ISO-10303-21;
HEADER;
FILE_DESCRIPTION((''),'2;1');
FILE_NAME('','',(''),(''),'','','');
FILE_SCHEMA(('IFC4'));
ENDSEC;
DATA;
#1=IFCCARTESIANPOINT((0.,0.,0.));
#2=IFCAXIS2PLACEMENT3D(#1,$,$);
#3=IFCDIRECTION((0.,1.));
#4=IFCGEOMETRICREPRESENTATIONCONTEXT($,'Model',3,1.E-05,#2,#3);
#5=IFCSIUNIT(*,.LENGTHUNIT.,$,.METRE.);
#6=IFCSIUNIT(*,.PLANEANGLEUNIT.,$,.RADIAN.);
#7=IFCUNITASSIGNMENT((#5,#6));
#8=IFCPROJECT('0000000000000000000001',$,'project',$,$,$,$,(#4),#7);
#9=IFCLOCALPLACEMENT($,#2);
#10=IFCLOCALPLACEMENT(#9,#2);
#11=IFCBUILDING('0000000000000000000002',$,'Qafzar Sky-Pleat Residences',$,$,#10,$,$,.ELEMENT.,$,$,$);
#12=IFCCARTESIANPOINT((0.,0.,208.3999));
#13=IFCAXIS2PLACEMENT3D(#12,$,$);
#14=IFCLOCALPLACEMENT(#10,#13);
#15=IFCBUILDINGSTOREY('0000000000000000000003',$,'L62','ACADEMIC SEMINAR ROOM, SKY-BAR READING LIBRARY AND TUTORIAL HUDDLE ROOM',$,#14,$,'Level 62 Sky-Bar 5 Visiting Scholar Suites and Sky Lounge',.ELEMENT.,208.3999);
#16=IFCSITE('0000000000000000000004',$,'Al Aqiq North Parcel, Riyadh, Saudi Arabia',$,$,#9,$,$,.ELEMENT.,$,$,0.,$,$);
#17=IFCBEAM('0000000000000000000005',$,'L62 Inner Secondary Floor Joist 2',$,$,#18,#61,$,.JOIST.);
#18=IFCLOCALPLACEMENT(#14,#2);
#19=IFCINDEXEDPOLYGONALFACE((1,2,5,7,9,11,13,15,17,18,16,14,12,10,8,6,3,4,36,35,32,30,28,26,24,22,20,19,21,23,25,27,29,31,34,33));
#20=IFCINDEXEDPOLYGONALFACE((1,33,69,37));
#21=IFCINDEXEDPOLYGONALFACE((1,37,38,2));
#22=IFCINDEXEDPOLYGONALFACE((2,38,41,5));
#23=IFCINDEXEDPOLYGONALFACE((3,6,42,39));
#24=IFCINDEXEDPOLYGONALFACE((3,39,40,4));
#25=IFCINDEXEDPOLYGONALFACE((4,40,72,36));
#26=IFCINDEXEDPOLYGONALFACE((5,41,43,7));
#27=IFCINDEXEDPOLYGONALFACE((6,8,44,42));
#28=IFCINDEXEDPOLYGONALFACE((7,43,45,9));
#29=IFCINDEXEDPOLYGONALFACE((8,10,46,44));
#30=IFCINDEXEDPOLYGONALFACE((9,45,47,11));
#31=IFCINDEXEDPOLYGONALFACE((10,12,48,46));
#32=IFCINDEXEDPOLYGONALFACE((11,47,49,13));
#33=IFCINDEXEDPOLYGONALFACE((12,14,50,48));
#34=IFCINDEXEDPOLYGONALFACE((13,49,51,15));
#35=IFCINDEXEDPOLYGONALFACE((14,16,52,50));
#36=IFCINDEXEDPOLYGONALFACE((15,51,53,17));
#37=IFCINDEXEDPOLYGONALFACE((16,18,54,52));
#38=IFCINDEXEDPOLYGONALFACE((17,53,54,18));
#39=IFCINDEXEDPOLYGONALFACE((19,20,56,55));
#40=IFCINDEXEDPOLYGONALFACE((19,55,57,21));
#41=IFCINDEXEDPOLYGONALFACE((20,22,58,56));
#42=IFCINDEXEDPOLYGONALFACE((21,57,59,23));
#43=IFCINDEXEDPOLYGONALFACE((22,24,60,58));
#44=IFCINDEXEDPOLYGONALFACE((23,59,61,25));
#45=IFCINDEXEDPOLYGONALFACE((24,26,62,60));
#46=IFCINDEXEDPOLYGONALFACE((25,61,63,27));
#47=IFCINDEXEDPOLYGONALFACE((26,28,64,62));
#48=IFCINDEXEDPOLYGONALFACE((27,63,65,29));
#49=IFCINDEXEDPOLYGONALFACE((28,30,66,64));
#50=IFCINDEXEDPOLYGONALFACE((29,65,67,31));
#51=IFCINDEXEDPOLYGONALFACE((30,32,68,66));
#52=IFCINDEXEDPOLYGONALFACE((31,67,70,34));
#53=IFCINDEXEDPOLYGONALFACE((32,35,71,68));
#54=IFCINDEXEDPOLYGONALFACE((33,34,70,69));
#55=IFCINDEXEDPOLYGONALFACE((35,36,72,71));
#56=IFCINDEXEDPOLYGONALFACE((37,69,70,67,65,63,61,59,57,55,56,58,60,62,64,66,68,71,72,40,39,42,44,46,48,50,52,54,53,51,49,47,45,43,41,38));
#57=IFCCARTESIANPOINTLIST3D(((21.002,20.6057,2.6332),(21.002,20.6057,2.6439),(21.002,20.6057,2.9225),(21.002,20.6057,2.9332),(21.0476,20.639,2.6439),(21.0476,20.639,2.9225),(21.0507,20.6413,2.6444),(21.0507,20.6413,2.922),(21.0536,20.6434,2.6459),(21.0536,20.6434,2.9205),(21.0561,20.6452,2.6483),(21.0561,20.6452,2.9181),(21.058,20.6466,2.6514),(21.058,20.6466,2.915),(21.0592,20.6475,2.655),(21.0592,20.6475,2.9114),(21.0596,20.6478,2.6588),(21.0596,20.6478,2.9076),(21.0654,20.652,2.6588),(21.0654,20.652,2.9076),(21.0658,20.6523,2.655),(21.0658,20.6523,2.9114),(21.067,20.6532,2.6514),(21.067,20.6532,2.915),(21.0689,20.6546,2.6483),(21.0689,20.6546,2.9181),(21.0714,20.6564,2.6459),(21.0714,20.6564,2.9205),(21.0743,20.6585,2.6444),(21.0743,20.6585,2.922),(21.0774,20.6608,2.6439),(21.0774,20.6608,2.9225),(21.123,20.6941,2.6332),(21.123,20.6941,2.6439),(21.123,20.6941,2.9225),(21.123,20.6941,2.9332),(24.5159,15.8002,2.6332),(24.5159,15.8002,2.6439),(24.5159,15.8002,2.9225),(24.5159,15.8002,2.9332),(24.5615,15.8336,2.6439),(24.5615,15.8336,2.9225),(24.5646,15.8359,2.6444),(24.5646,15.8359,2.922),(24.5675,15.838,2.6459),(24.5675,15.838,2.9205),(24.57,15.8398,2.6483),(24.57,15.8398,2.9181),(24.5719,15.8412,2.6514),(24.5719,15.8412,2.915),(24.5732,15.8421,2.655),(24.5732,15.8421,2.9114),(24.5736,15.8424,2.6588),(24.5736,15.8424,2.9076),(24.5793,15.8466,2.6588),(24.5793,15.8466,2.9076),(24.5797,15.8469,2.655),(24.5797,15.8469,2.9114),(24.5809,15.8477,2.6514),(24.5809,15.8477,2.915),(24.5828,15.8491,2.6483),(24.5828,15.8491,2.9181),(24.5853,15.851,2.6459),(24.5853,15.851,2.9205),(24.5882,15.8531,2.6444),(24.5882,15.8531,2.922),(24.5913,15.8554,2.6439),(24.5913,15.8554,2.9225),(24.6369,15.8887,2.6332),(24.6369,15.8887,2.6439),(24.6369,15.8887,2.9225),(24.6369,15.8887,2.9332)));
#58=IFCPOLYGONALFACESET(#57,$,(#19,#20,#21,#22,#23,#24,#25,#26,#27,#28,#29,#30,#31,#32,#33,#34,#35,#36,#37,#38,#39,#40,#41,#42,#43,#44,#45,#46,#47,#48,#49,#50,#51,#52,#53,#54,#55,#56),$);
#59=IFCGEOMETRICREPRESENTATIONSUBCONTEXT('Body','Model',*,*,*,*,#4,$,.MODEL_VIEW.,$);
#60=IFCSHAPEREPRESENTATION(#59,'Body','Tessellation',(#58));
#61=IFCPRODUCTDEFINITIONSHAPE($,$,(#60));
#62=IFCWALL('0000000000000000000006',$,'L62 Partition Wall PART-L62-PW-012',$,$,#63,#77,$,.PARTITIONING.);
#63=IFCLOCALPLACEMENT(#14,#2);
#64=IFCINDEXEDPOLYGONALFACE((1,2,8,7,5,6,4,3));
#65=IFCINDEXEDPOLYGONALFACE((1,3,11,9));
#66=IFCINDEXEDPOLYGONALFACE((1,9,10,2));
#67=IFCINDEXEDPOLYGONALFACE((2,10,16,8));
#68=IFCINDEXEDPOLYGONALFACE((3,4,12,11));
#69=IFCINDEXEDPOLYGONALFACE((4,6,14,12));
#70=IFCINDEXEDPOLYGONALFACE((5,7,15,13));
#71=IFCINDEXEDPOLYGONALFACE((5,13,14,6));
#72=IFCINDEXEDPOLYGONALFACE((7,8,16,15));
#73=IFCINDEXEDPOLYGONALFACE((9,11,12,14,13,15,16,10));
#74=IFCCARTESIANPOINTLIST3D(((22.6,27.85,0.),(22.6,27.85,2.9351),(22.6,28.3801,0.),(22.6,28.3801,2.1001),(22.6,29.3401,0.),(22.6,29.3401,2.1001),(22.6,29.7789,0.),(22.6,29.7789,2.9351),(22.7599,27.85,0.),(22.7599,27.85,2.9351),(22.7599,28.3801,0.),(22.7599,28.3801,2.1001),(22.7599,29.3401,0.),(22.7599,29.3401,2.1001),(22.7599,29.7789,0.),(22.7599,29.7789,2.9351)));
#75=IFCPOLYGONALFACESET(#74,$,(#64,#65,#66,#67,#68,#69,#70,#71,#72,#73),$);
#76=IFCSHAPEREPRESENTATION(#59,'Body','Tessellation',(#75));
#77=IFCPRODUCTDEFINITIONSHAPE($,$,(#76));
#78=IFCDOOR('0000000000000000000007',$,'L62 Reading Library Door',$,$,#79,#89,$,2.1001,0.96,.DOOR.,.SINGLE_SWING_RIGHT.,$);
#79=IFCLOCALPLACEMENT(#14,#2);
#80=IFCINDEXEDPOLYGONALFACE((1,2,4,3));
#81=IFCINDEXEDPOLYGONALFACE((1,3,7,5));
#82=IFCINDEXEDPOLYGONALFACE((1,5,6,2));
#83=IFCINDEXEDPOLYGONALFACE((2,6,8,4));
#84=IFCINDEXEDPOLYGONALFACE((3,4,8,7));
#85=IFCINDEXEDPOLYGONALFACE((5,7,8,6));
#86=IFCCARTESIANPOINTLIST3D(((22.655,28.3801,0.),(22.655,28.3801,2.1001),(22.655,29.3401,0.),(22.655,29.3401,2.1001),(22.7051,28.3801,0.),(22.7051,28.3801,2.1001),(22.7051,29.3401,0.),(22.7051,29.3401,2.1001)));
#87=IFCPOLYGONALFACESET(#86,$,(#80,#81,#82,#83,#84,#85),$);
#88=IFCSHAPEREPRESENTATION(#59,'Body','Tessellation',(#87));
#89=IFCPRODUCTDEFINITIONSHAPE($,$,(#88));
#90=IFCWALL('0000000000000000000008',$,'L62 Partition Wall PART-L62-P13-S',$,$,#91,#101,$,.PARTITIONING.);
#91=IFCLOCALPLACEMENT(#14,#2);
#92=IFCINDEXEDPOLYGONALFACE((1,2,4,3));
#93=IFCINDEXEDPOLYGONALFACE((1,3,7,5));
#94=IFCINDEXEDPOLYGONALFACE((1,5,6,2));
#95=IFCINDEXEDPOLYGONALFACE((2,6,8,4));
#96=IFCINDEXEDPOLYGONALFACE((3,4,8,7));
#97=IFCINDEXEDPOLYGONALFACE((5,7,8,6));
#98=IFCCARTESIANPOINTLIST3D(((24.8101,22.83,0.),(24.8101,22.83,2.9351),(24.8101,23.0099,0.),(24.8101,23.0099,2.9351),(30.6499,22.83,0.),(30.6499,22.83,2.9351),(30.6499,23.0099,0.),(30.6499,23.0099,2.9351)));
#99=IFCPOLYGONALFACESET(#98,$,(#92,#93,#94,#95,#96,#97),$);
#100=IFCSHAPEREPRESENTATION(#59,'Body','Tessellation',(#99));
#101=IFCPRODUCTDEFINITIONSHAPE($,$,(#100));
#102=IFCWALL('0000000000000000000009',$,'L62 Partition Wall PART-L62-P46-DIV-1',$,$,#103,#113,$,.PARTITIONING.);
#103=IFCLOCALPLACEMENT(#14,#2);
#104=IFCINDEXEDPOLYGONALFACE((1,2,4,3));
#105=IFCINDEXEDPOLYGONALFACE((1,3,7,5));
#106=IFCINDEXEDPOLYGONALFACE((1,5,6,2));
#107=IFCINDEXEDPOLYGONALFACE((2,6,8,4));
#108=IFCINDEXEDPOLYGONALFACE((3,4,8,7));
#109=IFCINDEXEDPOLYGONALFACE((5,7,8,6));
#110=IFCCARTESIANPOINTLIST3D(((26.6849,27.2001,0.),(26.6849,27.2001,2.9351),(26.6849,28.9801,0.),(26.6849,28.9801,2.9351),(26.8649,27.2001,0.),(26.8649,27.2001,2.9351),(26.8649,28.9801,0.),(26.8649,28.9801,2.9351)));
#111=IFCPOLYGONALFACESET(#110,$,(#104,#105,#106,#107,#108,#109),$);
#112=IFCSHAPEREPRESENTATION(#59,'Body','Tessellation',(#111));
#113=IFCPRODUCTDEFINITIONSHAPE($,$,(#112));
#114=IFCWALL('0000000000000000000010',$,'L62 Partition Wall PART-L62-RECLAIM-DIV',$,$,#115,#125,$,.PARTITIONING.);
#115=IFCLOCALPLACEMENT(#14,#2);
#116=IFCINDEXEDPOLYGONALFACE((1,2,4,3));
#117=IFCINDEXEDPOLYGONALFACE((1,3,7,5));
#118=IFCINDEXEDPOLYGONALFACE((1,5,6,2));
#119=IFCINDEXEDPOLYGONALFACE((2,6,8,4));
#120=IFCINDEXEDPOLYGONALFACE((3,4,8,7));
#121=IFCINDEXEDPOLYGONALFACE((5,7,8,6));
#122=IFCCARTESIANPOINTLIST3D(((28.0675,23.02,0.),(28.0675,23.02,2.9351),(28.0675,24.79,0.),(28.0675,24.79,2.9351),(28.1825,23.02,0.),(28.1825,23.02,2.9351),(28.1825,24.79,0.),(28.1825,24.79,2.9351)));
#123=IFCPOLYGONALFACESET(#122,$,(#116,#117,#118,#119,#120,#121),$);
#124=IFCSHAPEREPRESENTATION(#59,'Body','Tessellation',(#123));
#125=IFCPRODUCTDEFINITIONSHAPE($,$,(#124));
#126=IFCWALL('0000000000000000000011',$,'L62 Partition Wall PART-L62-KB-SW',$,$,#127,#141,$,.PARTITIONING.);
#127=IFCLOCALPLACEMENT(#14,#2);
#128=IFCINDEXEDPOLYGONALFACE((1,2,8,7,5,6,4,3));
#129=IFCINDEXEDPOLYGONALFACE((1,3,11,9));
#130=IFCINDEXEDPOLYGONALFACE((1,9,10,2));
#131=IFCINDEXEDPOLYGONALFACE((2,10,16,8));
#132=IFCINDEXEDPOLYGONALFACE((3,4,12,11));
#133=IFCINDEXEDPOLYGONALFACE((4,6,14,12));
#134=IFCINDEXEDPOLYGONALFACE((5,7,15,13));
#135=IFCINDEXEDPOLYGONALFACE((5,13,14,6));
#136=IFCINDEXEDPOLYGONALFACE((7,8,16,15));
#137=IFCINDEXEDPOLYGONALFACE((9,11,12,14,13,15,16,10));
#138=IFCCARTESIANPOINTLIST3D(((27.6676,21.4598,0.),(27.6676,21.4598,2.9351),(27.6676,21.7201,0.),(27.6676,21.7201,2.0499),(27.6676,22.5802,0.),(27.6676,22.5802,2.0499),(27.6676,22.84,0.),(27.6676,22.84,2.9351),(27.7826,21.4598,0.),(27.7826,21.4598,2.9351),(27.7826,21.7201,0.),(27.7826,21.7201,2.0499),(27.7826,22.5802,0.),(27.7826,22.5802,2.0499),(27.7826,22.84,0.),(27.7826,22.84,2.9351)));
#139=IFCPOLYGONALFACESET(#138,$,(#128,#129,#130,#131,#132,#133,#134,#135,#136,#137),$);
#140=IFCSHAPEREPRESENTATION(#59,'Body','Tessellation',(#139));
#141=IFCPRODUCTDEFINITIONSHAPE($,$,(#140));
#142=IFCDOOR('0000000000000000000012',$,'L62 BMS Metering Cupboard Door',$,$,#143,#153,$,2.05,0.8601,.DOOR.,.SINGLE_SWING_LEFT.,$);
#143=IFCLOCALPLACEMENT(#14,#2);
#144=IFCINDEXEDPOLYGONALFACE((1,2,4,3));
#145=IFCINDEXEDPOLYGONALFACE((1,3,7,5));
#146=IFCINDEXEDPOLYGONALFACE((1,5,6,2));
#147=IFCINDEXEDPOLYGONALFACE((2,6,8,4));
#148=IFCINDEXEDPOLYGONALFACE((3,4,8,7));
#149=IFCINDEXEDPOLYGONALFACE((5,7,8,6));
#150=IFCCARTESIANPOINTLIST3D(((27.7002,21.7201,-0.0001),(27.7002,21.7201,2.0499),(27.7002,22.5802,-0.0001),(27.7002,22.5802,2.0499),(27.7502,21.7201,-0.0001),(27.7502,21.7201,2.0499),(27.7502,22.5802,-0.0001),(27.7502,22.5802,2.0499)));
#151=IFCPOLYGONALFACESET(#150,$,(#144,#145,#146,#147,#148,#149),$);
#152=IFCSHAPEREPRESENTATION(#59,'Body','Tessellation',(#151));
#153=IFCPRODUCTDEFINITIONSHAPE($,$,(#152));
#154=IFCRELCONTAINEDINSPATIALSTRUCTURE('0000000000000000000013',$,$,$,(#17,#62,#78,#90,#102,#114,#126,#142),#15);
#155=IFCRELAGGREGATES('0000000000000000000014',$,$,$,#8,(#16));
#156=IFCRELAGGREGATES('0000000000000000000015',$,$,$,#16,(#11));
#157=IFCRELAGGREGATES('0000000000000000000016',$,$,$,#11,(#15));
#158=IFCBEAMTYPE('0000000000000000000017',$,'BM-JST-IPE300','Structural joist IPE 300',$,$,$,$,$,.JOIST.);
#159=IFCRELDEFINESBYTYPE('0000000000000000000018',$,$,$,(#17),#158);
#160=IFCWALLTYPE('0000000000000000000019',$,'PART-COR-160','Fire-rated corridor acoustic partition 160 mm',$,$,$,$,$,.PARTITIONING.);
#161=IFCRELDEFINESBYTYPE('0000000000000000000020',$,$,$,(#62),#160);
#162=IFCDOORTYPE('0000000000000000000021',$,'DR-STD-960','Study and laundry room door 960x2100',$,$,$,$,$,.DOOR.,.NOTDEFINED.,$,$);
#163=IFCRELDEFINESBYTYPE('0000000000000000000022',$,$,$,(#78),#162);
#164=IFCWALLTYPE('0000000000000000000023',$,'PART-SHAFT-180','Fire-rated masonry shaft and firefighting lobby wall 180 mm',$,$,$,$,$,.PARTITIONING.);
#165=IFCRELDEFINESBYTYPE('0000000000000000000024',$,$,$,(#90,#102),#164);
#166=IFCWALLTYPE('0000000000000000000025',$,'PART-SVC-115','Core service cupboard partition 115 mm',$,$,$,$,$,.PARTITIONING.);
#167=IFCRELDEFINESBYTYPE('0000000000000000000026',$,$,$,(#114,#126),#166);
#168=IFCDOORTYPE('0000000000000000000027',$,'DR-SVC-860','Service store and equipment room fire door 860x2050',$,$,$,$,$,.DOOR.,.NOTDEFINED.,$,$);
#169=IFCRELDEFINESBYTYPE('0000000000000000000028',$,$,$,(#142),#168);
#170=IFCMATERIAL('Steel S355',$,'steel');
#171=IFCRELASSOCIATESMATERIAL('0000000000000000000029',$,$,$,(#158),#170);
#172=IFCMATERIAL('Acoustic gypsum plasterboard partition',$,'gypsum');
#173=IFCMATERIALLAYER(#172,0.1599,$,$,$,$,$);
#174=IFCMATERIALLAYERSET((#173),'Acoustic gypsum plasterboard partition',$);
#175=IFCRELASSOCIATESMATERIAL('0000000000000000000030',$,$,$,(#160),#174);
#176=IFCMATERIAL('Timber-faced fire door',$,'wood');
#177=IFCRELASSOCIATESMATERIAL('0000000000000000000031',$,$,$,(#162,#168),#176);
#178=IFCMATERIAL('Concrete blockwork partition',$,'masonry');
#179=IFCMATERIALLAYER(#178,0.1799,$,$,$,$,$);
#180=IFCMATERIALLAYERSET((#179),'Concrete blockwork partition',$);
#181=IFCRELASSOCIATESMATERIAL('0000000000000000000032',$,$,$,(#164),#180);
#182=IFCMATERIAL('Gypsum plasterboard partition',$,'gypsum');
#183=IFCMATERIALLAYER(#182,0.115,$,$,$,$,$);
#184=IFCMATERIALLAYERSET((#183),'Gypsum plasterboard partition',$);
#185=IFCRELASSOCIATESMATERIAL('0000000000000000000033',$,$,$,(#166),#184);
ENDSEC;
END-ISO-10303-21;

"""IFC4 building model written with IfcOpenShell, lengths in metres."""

from ifc_helpers import new_model, si_unit, direction, frame, frame_2d, origin, origin_2d, place, context, subcontext, project, spatial, rectangle, i_section, extrude, source, transform, mapped, material, layer, layer_set, material_profile, profile_set, type_object, element, fill, save


model = new_model("IFC4")

# Units and contexts
model_context = context("Model", 3, precision=1e-05, world=origin(), true_north=direction((0.0, 1.0)))
body_context = subcontext(model_context, "Body", "Model", "MODEL_VIEW")
ifc_project = project(units=[si_unit("LENGTHUNIT", "METRE"), si_unit("PLANEANGLEUNIT", "RADIAN")], contexts=[model_context])

# Site, building, storey
site_placement = place(None, origin())
site = spatial("IfcSite", under=ifc_project, at=site_placement, Name="Al Aqiq North Parcel, Riyadh, Saudi Arabia", CompositionType="ELEMENT", RefElevation=0.0)
building_placement = place(site_placement, origin())
building = spatial("IfcBuilding", under=site, at=building_placement, Name="Qafzar Sky-Pleat Residences", CompositionType="ELEMENT")
storey_placement = place(building_placement, frame((0.0, 0.0, 208.3999)))
storey = spatial("IfcBuildingStorey", under=building, at=storey_placement, Name="L62", Description="ACADEMIC SEMINAR ROOM, SKY-BAR READING LIBRARY AND TUTORIAL HUDDLE ROOM", LongName="Level 62 Sky-Bar 5 Visiting Scholar Suites and Sky Lounge", CompositionType="ELEMENT", Elevation=208.3999)

# Beam
ifc_material_1 = material(Name="Steel S355", Category="steel")
ifc_material_profile = material_profile(ifc_material_1, i_section(OverallWidth=0.1499, OverallDepth=0.3, WebThickness=0.0071, FlangeThickness=0.0107, FilletRadius=0.0149, at=origin_2d()), Name="IPE 300")
ifc_profile_set = profile_set([ifc_material_profile], Name="Steel S355")
beam_type = type_object("IfcBeamType", Name="BM-JST-IPE300", Description="Structural joist IPE 300", PredefinedType="JOIST", material=ifc_profile_set)
shared_shape_1 = source(origin(), body_context, "Body", "SweptSolid", [
    extrude(i_section(OverallWidth=0.1499, OverallDepth=0.3, WebThickness=0.0071, FlangeThickness=0.0107, FilletRadius=0.0149, at=origin_2d()), origin(), (0.0, 0.0, 1.0), 5.9531),
])
beam_placement = place(storey_placement, frame((21.0625, 20.6499, 2.7832), z_axis=(0.590264, -0.80721, 0.0), x_axis=(0.80721, 0.590264, 0.0)))
element("IfcBeam", 1, at=beam_placement, inside=storey, type_object=beam_type, Name="L62 Inner Secondary Floor Joist 2", PredefinedType="JOIST", context=body_context, shape_type="MappedRepresentation", body=[
    mapped(shared_shape_1, transform((0.0, 0.0, 0.0), x_axis=(1.0, 0.0, 0.0), y_axis=(0.0, 1.0, 0.0), z_axis=(0.0, 0.0, 1.0), scale=1.0)),
])

# Wall, opening, door
ifc_material_2 = material(Name="Acoustic gypsum plasterboard partition", Category="gypsum")
ifc_layer_1 = layer(ifc_material_2, 0.1599)
ifc_layer_set_1 = layer_set([ifc_layer_1], Name="Acoustic gypsum plasterboard partition")
wall_type_1 = type_object("IfcWallType", Name="PART-COR-160", Description="Fire-rated corridor acoustic partition 160 mm", PredefinedType="PARTITIONING", material=ifc_layer_set_1)
wall_1_placement = place(storey_placement, frame((22.6799, 27.8501, 0.0), z_axis=(0.0, 0.0, 1.0), x_axis=(0.0, 1.0, 0.0)))
wall_1 = element("IfcWall", 2, at=wall_1_placement, inside=storey, type_object=wall_type_1, Name="L62 Partition Wall PART-L62-PW-012", PredefinedType="PARTITIONING", context=body_context, shape_type="SweptSolid", body=[
    extrude(rectangle(XDim=1.929, YDim=0.1599, at=frame_2d((0.9644, 0.0))), origin(), (0.0, 0.0, 1.0), 2.9351),
])
opening_1_placement = place(wall_1_placement, frame((0.53, 0.0, 0.0)))
opening_1 = element("IfcOpeningElement", 3, at=opening_1_placement, cuts=wall_1, PredefinedType="OPENING", context=body_context, shape_type="SweptSolid", body=[
    extrude(rectangle(XDim=0.96, YDim=2.1001, at=frame_2d((0.48, 1.05))), frame((0.0, 0.0898, 0.0), z_axis=(0.0, -1.0, 0.0), x_axis=(1.0, 0.0, 0.0)), (0.0, 0.0, 1.0), 0.1799),
])
ifc_material_3 = material(Name="Timber-faced fire door", Category="wood")
door_type_1 = type_object("IfcDoorType", Name="DR-STD-960", Description="Study and laundry room door 960x2100", OperationType="NOTDEFINED", PredefinedType="DOOR", material=ifc_material_3)
shared_shape_2 = source(origin(), body_context, "Body", "SweptSolid", [
    extrude(rectangle(XDim=0.96, YDim=2.1001, at=frame_2d((0.48, 1.05))), frame((0.0, 0.0249, 0.0), z_axis=(0.0, -1.0, 0.0), x_axis=(1.0, 0.0, 0.0)), (0.0, 0.0, 1.0), 0.05),
])
door_1_placement = place(opening_1_placement, origin())
door_1 = element("IfcDoor", 4, at=door_1_placement, inside=storey, type_object=door_type_1, Name="L62 Reading Library Door", OperationType="SINGLE_SWING_RIGHT", OverallHeight=2.1001, OverallWidth=0.96, PredefinedType="DOOR", context=body_context, shape_type="MappedRepresentation", body=[
    mapped(shared_shape_2, transform((0.0, 0.0, 0.0), x_axis=(1.0, 0.0, 0.0), y_axis=(0.0, 1.0, 0.0), z_axis=(0.0, 0.0, 1.0), scale=1.0)),
])
fill(opening_1, door_1)

# Wall
ifc_material_4 = material(Name="Concrete blockwork partition", Category="masonry")
ifc_layer_2 = layer(ifc_material_4, 0.1799)
ifc_layer_set_2 = layer_set([ifc_layer_2], Name="Concrete blockwork partition")
wall_type_2 = type_object("IfcWallType", Name="PART-SHAFT-180", Description="Fire-rated masonry shaft and firefighting lobby wall 180 mm", PredefinedType="PARTITIONING", material=ifc_layer_set_2)
wall_2_placement = place(storey_placement, frame((24.8101, 22.9199, 0.0), z_axis=(0.0, 0.0, 1.0), x_axis=(1.0, 0.0, 0.0)))
element("IfcWall", 5, at=wall_2_placement, inside=storey, type_object=wall_type_2, Name="L62 Partition Wall PART-L62-P13-S", PredefinedType="PARTITIONING", context=body_context, shape_type="SweptSolid", body=[
    extrude(rectangle(XDim=5.8398, YDim=0.1799, at=frame_2d((2.9199, 0.0))), origin(), (0.0, 0.0, 1.0), 2.9351),
])

# Walls
wall_3_placement = place(storey_placement, frame((26.7749, 27.2, 0.0), z_axis=(0.0, 0.0, 1.0), x_axis=(0.0, 1.0, 0.0)))
element("IfcWall", 6, at=wall_3_placement, inside=storey, type_object=wall_type_2, Name="L62 Partition Wall PART-L62-P46-DIV-1", PredefinedType="PARTITIONING", context=body_context, shape_type="SweptSolid", body=[
    extrude(rectangle(XDim=1.78, YDim=0.1799, at=frame_2d((0.8901, 0.0))), origin(), (0.0, 0.0, 1.0), 2.9351),
])
ifc_material_5 = material(Name="Gypsum plasterboard partition", Category="gypsum")
ifc_layer_3 = layer(ifc_material_5, 0.115)
ifc_layer_set_3 = layer_set([ifc_layer_3], Name="Gypsum plasterboard partition")
wall_type_3 = type_object("IfcWallType", Name="PART-SVC-115", Description="Core service cupboard partition 115 mm", PredefinedType="PARTITIONING", material=ifc_layer_set_3)
wall_4_placement = place(storey_placement, frame((28.125, 23.02, 0.0), z_axis=(0.0, 0.0, 1.0), x_axis=(0.0, 1.0, 0.0)))
element("IfcWall", 7, at=wall_4_placement, inside=storey, type_object=wall_type_3, Name="L62 Partition Wall PART-L62-RECLAIM-DIV", PredefinedType="PARTITIONING", context=body_context, shape_type="SweptSolid", body=[
    extrude(rectangle(XDim=1.77, YDim=0.115, at=frame_2d((0.885, 0.0))), origin(), (0.0, 0.0, 1.0), 2.9351),
])

# Wall, opening, door
wall_5_placement = place(storey_placement, frame((27.7251, 21.46, 0.0), z_axis=(0.0, 0.0, 1.0), x_axis=(0.0, 1.0, 0.0)))
wall_5 = element("IfcWall", 8, at=wall_5_placement, inside=storey, type_object=wall_type_3, Name="L62 Partition Wall PART-L62-KB-SW", PredefinedType="PARTITIONING", context=body_context, shape_type="SweptSolid", body=[
    extrude(rectangle(XDim=1.3801, YDim=0.115, at=frame_2d((0.6899, 0.0))), origin(), (0.0, 0.0, 1.0), 2.9351),
])
opening_2_placement = place(wall_5_placement, frame((0.26, 0.0, 0.0)))
opening_2 = element("IfcOpeningElement", 9, at=opening_2_placement, cuts=wall_5, PredefinedType="OPENING", context=body_context, shape_type="SweptSolid", body=[
    extrude(rectangle(XDim=0.8601, YDim=2.05, at=frame_2d((0.4302, 1.0249))), frame((0.0, 0.0674, 0.0), z_axis=(0.0, -1.0, 0.0), x_axis=(1.0, 0.0, 0.0)), (0.0, 0.0, 1.0), 0.135),
])
door_type_2 = type_object("IfcDoorType", Name="DR-SVC-860", Description="Service store and equipment room fire door 860x2050", OperationType="NOTDEFINED", PredefinedType="DOOR", material=ifc_material_3)
shared_shape_3 = source(origin(), body_context, "Body", "SweptSolid", [
    extrude(rectangle(XDim=0.8601, YDim=2.05, at=frame_2d((0.4302, 1.0249))), frame((0.0, 0.0249, 0.0), z_axis=(0.0, -1.0, 0.0), x_axis=(1.0, 0.0, 0.0)), (0.0, 0.0, 1.0), 0.05),
])
door_2_placement = place(opening_2_placement, origin())
door_2 = element("IfcDoor", 10, at=door_2_placement, inside=storey, type_object=door_type_2, Name="L62 BMS Metering Cupboard Door", OperationType="SINGLE_SWING_LEFT", OverallHeight=2.05, OverallWidth=0.8601, PredefinedType="DOOR", context=body_context, shape_type="MappedRepresentation", body=[
    mapped(shared_shape_3, transform((0.0, 0.0, 0.0), x_axis=(1.0, 0.0, 0.0), y_axis=(0.0, 1.0, 0.0), z_axis=(0.0, 0.0, 1.0), scale=1.0)),
])
fill(opening_2, door_2)

save(model, "model.ifc")
